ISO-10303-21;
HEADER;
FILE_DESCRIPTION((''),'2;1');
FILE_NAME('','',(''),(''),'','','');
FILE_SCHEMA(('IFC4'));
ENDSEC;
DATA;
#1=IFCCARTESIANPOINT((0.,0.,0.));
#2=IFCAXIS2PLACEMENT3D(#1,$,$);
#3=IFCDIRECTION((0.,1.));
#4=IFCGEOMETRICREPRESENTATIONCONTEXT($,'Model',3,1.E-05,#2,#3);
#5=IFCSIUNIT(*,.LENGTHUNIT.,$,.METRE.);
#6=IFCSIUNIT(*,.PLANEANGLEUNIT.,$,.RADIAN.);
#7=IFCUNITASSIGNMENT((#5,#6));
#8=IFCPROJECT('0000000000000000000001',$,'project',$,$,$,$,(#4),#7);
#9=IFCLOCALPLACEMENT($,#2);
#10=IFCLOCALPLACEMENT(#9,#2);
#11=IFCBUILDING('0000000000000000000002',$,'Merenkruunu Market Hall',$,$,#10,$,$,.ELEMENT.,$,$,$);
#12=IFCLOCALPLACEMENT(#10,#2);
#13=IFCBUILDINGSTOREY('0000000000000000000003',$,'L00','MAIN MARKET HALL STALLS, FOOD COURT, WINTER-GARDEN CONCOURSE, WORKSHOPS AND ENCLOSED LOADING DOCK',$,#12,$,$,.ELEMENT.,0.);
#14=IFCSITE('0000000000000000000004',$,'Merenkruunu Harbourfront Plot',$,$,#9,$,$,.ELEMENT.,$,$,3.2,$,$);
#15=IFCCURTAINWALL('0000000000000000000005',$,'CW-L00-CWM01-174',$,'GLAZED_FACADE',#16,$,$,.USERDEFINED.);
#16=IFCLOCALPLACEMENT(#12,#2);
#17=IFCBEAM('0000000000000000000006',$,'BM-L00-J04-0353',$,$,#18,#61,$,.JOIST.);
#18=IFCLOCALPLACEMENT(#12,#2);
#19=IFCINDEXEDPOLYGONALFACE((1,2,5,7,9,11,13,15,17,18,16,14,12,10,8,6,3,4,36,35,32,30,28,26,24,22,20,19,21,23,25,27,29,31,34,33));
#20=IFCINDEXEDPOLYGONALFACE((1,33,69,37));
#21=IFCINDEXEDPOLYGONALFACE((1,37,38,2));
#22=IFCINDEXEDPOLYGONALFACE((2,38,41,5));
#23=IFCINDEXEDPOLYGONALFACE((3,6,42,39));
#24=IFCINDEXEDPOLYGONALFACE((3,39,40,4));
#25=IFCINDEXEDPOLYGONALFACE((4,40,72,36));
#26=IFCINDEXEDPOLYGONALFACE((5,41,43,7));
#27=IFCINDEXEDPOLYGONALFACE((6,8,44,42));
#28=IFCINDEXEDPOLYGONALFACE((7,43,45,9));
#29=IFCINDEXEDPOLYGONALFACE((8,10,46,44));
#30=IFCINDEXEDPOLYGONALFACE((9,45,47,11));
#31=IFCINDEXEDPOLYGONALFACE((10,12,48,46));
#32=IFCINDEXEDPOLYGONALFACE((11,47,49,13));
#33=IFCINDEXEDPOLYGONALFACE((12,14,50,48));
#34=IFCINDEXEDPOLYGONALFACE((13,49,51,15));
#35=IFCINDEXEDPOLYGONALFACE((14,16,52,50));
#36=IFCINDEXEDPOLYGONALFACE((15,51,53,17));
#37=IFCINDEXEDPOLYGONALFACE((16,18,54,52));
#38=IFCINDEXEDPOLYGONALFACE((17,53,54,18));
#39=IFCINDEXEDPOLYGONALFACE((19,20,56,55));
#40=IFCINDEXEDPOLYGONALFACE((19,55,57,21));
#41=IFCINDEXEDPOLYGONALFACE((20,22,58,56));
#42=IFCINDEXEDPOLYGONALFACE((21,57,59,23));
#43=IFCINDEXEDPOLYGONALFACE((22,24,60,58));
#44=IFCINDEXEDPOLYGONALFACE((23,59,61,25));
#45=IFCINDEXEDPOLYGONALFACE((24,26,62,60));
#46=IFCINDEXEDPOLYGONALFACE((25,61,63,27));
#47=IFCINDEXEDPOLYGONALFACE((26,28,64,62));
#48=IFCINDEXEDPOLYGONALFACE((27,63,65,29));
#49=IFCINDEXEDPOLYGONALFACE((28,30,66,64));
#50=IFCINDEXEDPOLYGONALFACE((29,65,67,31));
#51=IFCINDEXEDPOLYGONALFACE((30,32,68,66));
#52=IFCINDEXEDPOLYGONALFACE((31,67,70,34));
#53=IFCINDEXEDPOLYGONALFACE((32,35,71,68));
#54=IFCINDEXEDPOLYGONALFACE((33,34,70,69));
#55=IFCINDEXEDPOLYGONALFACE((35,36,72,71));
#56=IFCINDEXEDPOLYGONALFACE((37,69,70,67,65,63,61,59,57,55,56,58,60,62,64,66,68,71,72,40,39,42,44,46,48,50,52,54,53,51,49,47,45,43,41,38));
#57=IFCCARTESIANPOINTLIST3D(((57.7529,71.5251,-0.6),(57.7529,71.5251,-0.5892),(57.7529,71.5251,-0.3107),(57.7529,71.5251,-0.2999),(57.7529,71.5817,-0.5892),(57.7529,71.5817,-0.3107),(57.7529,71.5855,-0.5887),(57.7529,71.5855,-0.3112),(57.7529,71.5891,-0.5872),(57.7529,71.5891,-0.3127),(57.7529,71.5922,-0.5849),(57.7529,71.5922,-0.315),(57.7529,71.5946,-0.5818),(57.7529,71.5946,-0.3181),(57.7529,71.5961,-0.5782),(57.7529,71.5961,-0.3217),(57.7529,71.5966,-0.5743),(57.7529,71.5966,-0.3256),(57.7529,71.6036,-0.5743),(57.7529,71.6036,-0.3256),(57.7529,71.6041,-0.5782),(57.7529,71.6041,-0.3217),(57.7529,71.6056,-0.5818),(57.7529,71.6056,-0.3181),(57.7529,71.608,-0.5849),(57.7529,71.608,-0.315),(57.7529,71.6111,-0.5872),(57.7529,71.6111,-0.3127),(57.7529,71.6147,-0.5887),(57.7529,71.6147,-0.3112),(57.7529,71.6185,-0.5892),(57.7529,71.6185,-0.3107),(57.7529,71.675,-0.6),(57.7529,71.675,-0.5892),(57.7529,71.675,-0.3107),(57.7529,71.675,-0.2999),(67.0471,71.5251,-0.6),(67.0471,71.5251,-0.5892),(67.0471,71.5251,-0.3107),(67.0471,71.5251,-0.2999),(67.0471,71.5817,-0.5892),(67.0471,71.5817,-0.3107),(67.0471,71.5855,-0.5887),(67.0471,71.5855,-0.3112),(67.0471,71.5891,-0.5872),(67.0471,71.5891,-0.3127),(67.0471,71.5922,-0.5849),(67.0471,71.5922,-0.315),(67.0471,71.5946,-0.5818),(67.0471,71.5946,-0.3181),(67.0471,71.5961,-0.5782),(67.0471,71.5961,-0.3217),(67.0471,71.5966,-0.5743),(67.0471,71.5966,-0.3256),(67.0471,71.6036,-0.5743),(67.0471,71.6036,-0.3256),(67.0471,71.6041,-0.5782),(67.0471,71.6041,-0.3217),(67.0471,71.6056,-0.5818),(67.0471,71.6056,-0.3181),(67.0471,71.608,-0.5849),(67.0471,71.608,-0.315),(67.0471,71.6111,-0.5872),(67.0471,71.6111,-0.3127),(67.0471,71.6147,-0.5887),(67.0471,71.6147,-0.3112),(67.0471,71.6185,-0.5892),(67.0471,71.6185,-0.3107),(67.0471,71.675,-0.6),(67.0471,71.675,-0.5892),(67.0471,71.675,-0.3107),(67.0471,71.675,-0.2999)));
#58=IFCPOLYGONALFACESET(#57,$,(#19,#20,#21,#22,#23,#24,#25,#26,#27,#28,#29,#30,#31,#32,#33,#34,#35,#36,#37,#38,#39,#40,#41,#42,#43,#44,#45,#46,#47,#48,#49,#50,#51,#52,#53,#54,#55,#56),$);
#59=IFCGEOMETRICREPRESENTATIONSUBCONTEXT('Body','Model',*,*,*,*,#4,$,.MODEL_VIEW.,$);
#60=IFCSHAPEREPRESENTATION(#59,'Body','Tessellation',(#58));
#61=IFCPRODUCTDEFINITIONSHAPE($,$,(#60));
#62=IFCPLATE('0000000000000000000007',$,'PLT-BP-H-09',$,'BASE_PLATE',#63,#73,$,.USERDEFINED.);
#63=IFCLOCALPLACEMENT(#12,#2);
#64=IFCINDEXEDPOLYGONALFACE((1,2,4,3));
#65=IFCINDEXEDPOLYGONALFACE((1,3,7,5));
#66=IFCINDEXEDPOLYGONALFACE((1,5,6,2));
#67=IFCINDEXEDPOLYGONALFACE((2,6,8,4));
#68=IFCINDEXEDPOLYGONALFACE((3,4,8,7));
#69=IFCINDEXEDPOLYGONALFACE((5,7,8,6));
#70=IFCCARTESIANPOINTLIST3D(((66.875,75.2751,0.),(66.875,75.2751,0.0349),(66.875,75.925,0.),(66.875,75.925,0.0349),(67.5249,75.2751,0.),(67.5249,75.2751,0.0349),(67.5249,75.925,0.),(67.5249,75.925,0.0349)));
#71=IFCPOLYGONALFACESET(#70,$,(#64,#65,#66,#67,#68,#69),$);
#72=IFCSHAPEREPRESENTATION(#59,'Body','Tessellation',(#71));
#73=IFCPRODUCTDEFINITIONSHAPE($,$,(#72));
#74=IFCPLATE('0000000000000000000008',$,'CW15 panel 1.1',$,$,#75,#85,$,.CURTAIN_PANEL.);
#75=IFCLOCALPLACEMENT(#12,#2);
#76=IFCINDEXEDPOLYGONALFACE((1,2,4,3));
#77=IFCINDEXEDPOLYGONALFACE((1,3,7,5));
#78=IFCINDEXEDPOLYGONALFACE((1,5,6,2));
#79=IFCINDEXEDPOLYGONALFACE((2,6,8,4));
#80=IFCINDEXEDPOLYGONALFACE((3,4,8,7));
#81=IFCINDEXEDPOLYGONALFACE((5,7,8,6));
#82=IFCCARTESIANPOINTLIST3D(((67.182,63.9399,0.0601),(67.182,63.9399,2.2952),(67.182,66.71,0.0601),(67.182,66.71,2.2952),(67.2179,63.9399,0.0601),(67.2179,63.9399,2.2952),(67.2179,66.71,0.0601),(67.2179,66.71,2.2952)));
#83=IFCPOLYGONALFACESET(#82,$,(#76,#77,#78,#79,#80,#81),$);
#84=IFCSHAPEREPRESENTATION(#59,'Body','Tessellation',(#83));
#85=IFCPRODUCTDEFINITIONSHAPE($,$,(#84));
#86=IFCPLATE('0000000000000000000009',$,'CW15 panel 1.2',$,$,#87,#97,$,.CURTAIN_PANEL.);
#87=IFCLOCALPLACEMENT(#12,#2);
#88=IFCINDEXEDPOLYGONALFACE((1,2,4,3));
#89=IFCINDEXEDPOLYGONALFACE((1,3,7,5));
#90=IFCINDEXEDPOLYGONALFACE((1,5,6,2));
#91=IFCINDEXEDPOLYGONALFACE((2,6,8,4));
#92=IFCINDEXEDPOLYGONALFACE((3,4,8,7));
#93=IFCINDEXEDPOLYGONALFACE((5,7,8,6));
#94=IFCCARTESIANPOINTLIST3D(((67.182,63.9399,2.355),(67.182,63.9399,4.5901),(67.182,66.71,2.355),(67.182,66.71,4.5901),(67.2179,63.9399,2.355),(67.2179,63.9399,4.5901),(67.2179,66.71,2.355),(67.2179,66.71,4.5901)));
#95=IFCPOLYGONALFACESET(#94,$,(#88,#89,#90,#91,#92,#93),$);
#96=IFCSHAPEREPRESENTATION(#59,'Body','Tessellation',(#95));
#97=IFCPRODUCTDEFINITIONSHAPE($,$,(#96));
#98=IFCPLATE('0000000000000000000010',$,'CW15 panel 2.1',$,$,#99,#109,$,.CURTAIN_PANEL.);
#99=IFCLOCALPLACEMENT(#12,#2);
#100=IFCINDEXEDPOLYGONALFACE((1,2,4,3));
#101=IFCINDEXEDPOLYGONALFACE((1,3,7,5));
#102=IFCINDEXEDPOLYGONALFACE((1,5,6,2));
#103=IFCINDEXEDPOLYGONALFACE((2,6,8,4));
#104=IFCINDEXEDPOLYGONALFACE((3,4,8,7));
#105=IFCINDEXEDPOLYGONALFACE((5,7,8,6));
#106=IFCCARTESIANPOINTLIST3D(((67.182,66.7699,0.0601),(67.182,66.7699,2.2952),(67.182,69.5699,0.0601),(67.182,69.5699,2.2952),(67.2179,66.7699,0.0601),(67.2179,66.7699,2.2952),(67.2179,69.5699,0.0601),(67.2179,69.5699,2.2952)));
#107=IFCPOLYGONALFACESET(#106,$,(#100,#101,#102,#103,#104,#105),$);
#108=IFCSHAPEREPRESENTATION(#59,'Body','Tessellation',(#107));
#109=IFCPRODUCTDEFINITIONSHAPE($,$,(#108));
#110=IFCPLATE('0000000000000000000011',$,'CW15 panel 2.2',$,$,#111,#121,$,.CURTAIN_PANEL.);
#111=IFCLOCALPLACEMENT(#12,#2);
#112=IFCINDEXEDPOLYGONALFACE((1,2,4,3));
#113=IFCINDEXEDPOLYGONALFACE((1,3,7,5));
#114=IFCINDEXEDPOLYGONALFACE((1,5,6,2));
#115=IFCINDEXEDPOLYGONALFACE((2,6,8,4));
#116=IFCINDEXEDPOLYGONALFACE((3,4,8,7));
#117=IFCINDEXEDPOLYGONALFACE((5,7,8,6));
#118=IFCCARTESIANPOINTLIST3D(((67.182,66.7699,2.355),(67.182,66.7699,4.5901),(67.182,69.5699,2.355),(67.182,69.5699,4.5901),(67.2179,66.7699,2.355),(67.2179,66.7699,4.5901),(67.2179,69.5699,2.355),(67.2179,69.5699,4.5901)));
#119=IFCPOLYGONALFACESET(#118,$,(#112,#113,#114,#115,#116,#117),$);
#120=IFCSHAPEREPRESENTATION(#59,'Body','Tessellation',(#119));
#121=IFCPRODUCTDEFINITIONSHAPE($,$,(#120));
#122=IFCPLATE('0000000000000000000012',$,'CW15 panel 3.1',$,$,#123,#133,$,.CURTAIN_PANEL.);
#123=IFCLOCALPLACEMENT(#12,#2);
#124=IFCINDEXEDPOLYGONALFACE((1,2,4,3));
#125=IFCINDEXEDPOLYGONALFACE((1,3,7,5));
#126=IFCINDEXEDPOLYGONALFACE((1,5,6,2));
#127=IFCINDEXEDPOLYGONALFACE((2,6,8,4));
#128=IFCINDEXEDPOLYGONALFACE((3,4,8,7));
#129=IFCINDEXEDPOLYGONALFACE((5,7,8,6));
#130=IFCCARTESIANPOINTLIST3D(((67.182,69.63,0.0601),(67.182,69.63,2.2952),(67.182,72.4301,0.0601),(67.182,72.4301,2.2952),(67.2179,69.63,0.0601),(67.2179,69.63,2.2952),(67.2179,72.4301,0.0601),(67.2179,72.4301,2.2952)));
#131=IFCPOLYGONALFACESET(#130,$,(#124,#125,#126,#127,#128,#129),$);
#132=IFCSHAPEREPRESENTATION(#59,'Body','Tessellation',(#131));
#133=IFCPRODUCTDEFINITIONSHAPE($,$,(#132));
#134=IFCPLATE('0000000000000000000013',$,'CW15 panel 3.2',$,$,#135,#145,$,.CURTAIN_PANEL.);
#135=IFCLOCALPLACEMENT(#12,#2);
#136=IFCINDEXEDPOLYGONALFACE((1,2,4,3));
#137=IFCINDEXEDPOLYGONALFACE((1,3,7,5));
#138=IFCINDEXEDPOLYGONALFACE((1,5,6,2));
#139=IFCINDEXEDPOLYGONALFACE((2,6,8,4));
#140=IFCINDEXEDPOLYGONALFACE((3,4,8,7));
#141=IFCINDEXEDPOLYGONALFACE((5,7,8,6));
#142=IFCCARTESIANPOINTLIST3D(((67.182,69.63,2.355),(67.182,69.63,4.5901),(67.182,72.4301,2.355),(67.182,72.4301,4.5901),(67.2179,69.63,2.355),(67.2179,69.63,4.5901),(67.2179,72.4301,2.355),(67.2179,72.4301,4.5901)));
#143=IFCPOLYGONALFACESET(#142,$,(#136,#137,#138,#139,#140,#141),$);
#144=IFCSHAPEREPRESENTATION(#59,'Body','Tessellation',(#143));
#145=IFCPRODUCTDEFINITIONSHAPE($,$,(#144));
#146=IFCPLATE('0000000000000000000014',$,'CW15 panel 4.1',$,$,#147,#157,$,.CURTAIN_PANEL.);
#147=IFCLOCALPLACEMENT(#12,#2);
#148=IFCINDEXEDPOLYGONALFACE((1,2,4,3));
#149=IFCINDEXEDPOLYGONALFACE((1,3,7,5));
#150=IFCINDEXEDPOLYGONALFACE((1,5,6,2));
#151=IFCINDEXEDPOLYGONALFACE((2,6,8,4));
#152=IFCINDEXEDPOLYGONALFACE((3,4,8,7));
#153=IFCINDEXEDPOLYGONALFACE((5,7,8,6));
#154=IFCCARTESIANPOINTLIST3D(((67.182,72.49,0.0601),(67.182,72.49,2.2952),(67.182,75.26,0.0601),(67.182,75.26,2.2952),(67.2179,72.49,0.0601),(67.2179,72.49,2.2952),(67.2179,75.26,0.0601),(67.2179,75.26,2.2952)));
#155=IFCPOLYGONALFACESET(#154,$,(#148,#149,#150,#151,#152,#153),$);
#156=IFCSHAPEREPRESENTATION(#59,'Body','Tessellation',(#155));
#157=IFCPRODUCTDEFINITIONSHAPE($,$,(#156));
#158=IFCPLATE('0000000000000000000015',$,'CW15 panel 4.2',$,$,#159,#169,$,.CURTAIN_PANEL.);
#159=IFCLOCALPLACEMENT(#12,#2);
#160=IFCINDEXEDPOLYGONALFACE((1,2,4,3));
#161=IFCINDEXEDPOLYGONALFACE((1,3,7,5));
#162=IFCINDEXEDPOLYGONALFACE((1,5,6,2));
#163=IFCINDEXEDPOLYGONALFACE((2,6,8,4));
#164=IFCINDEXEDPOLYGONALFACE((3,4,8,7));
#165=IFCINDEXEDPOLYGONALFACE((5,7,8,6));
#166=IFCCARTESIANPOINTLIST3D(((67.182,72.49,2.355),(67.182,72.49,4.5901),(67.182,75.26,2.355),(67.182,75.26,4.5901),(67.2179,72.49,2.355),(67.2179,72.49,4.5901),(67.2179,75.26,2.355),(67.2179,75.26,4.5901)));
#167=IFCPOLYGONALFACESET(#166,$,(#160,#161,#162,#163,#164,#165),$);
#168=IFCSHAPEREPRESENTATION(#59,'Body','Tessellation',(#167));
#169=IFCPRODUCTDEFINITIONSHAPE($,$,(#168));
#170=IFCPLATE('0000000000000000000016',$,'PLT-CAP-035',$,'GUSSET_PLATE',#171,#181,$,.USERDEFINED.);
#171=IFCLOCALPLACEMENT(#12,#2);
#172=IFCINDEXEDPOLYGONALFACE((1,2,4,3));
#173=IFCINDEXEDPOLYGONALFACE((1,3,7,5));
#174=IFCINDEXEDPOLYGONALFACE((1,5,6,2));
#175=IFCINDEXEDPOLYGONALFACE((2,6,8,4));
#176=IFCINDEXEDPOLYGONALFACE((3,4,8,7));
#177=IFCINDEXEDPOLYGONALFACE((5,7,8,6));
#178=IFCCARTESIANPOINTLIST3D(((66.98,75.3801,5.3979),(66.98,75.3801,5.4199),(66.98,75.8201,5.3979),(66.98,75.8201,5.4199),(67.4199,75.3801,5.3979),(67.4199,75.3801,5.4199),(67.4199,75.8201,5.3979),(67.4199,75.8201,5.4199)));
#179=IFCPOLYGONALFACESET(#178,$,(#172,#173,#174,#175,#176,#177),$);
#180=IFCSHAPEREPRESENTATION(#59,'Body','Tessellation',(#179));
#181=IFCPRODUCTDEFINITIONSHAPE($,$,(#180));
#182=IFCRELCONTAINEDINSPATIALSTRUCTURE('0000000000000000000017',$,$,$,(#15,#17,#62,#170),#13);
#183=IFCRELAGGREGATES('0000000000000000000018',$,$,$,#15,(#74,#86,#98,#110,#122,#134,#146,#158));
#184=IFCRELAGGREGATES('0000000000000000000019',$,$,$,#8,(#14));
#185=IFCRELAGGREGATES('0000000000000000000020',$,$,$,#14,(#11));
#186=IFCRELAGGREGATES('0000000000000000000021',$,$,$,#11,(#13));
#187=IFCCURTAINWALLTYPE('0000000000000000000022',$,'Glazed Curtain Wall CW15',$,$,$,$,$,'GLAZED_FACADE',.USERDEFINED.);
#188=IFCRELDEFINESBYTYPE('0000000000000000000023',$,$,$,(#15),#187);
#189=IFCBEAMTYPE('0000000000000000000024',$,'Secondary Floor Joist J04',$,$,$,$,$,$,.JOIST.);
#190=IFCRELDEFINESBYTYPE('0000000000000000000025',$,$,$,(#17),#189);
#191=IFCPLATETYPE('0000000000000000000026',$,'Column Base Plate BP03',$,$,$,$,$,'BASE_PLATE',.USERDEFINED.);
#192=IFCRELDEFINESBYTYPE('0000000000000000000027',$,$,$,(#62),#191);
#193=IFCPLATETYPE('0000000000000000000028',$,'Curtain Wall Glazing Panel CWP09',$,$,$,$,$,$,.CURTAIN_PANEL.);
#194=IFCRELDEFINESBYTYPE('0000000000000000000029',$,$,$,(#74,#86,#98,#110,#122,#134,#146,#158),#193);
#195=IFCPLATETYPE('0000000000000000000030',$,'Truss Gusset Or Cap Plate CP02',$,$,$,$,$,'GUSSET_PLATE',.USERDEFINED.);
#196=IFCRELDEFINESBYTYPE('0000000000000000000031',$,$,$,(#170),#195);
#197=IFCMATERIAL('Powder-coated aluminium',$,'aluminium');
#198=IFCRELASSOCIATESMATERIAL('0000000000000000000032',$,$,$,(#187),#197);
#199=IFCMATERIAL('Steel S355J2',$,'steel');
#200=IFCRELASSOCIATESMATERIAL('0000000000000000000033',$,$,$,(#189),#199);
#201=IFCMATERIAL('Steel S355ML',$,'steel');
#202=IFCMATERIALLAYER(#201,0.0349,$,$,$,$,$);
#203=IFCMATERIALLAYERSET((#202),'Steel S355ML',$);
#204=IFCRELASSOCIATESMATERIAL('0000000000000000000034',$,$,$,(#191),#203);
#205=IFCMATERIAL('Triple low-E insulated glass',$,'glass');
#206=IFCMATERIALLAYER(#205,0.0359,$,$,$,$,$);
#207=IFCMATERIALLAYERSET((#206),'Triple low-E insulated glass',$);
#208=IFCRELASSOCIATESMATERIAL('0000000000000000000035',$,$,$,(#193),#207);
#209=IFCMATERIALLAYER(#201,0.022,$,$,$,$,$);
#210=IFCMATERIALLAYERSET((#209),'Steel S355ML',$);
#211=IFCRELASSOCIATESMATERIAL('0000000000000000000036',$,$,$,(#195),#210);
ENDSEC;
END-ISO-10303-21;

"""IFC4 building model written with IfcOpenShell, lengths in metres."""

from ifc_helpers import new_model, si_unit, direction, frame, origin, origin_2d, place, context, subcontext, project, spatial, rectangle, i_section, extrude, material, layer, layer_set, material_profile, profile_set, type_object, element, aggregate, save


model = new_model("IFC4")

# Units and contexts
model_context = context("Model", 3, precision=1e-05, world=origin(), true_north=direction((0.0, 1.0)))
body_context = subcontext(model_context, "Body", "Model", "MODEL_VIEW")
ifc_project = project(units=[si_unit("LENGTHUNIT", "METRE"), si_unit("PLANEANGLEUNIT", "RADIAN")], contexts=[model_context])

# Site, building, storey
site_placement = place(None, origin())
site = spatial("IfcSite", under=ifc_project, at=site_placement, Name="Merenkruunu Harbourfront Plot", CompositionType="ELEMENT", RefElevation=3.2)
building_placement = place(site_placement, origin())
building = spatial("IfcBuilding", under=site, at=building_placement, Name="Merenkruunu Market Hall", CompositionType="ELEMENT")
storey_placement = place(building_placement, origin())
storey = spatial("IfcBuildingStorey", under=building, at=storey_placement, Name="L00", Description="MAIN MARKET HALL STALLS, FOOD COURT, WINTER-GARDEN CONCOURSE, WORKSHOPS AND ENCLOSED LOADING DOCK", CompositionType="ELEMENT", Elevation=0.0)

# Shared definitions
ifc_material_1 = material(Name="Steel S355ML", Category="steel")

# Curtain wall
ifc_material_2 = material(Name="Powder-coated aluminium", Category="aluminium")
curtain_wall_type = type_object("IfcCurtainWallType", Name="Glazed Curtain Wall CW15", ElementType="GLAZED_FACADE", PredefinedType="USERDEFINED", material=ifc_material_2)
curtain_wall_placement = place(storey_placement, origin())
curtain_wall = element("IfcCurtainWall", 1, at=curtain_wall_placement, inside=storey, type_object=curtain_wall_type, Name="CW-L00-CWM01-174", ObjectType="GLAZED_FACADE", PredefinedType="USERDEFINED")

# Beam
ifc_material_3 = material(Name="Steel S355J2", Category="steel")
ifc_material_profile_1 = material_profile(ifc_material_3, i_section(OverallWidth=0.1499, OverallDepth=0.3, WebThickness=0.0071, FlangeThickness=0.0107, FilletRadius=0.0149, at=origin_2d()), Name="IPE 300")
ifc_profile_set_1 = profile_set([ifc_material_profile_1], Name="Steel S355J2")
beam_type_1 = type_object("IfcBeamType", Name="Secondary Floor Joist J04", PredefinedType="JOIST", material=ifc_profile_set_1)
for number, where, z_axis, x_axis, name in (
    (2, (57.7529, 71.6001, -0.45), (1.0, 0.0, 0.0), (0.0, 1.0, 0.0), "BM-L00-J04-0353"),
):
    element("IfcBeam", number, at=place(storey_placement, frame(where, z_axis=z_axis, x_axis=x_axis)), inside=storey, type_object=beam_type_1, Name=name, PredefinedType="JOIST", context=body_context, shape_type="SweptSolid", body=[
        extrude(i_section(OverallWidth=0.1499, OverallDepth=0.3, WebThickness=0.0071, FlangeThickness=0.0107, FilletRadius=0.0149, at=origin_2d()), origin(), (0.0, 0.0, 1.0), 9.2942),
    ])

# Plates
ifc_layer_1 = layer(ifc_material_1, 0.0349)
ifc_layer_set_1 = layer_set([ifc_layer_1], Name="Steel S355ML")
plate_type_1 = type_object("IfcPlateType", Name="Column Base Plate BP03", ElementType="BASE_PLATE", PredefinedType="USERDEFINED", material=ifc_layer_set_1)
plate_1_placement = place(storey_placement, frame((67.2, 75.6001, 0.0), z_axis=(0.0, 0.0, 1.0), x_axis=(1.0, 0.0, 0.0)))
element("IfcPlate", 3, at=plate_1_placement, inside=storey, type_object=plate_type_1, Name="PLT-BP-H-09", ObjectType="BASE_PLATE", PredefinedType="USERDEFINED", context=body_context, shape_type="SweptSolid", body=[
    extrude(rectangle(XDim=0.6499, YDim=0.6499, at=origin_2d()), origin(), (0.0, 0.0, 1.0), 0.0349),
])
ifc_material_4 = material(Name="Triple low-E insulated glass", Category="glass")
ifc_layer_2 = layer(ifc_material_4, 0.0359)
ifc_layer_set_2 = layer_set([ifc_layer_2], Name="Triple low-E insulated glass")
plate_type_2 = type_object("IfcPlateType", Name="Curtain Wall Glazing Panel CWP09", PredefinedType="CURTAIN_PANEL", material=ifc_layer_set_2)
plate_2_placement = place(storey_placement, frame((67.2, 65.325, 0.0601), z_axis=(0.0, 0.0, 1.0), x_axis=(0.0, 1.0, 0.0)))
plate_2 = element("IfcPlate", 4, at=plate_2_placement, type_object=plate_type_2, Name="CW15 panel 1.1", PredefinedType="CURTAIN_PANEL", context=body_context, shape_type="SweptSolid", body=[
    extrude(rectangle(XDim=2.77, YDim=0.0359, at=origin_2d()), origin(), (0.0, 0.0, 1.0), 2.2351),
])
plate_3_placement = place(storey_placement, frame((67.2, 65.325, 2.355), z_axis=(0.0, 0.0, 1.0), x_axis=(0.0, 1.0, 0.0)))
plate_3 = element("IfcPlate", 5, at=plate_3_placement, type_object=plate_type_2, Name="CW15 panel 1.2", PredefinedType="CURTAIN_PANEL", context=body_context, shape_type="SweptSolid", body=[
    extrude(rectangle(XDim=2.77, YDim=0.0359, at=origin_2d()), origin(), (0.0, 0.0, 1.0), 2.2351),
])
plate_4_placement = place(storey_placement, frame((67.2, 68.1699, 0.0601), z_axis=(0.0, 0.0, 1.0), x_axis=(0.0, 1.0, 0.0)))
plate_4 = element("IfcPlate", 6, at=plate_4_placement, type_object=plate_type_2, Name="CW15 panel 2.1", PredefinedType="CURTAIN_PANEL", context=body_context, shape_type="SweptSolid", body=[
    extrude(rectangle(XDim=2.8, YDim=0.0359, at=origin_2d()), origin(), (0.0, 0.0, 1.0), 2.2351),
])
plate_5_placement = place(storey_placement, frame((67.2, 68.1699, 2.355), z_axis=(0.0, 0.0, 1.0), x_axis=(0.0, 1.0, 0.0)))
plate_5 = element("IfcPlate", 7, at=plate_5_placement, type_object=plate_type_2, Name="CW15 panel 2.2", PredefinedType="CURTAIN_PANEL", context=body_context, shape_type="SweptSolid", body=[
    extrude(rectangle(XDim=2.8, YDim=0.0359, at=origin_2d()), origin(), (0.0, 0.0, 1.0), 2.2351),
])
plate_6_placement = place(storey_placement, frame((67.2, 71.03, 0.0601), z_axis=(0.0, 0.0, 1.0), x_axis=(0.0, 1.0, 0.0)))
plate_6 = element("IfcPlate", 8, at=plate_6_placement, type_object=plate_type_2, Name="CW15 panel 3.1", PredefinedType="CURTAIN_PANEL", context=body_context, shape_type="SweptSolid", body=[
    extrude(rectangle(XDim=2.8, YDim=0.0359, at=origin_2d()), origin(), (0.0, 0.0, 1.0), 2.2351),
])
plate_7_placement = place(storey_placement, frame((67.2, 71.03, 2.355), z_axis=(0.0, 0.0, 1.0), x_axis=(0.0, 1.0, 0.0)))
plate_7 = element("IfcPlate", 9, at=plate_7_placement, type_object=plate_type_2, Name="CW15 panel 3.2", PredefinedType="CURTAIN_PANEL", context=body_context, shape_type="SweptSolid", body=[
    extrude(rectangle(XDim=2.8, YDim=0.0359, at=origin_2d()), origin(), (0.0, 0.0, 1.0), 2.2351),
])
plate_8_placement = place(storey_placement, frame((67.2, 73.875, 0.0601), z_axis=(0.0, 0.0, 1.0), x_axis=(0.0, 1.0, 0.0)))
plate_8 = element("IfcPlate", 10, at=plate_8_placement, type_object=plate_type_2, Name="CW15 panel 4.1", PredefinedType="CURTAIN_PANEL", context=body_context, shape_type="SweptSolid", body=[
    extrude(rectangle(XDim=2.77, YDim=0.0359, at=origin_2d()), origin(), (0.0, 0.0, 1.0), 2.2351),
])
plate_9_placement = place(storey_placement, frame((67.2, 73.875, 2.355), z_axis=(0.0, 0.0, 1.0), x_axis=(0.0, 1.0, 0.0)))
plate_9 = element("IfcPlate", 11, at=plate_9_placement, type_object=plate_type_2, Name="CW15 panel 4.2", PredefinedType="CURTAIN_PANEL", context=body_context, shape_type="SweptSolid", body=[
    extrude(rectangle(XDim=2.77, YDim=0.0359, at=origin_2d()), origin(), (0.0, 0.0, 1.0), 2.2351),
])
aggregate(curtain_wall, [plate_2, plate_3, plate_4, plate_5, plate_6, plate_7, plate_8, plate_9])
ifc_layer_3 = layer(ifc_material_1, 0.022)
ifc_layer_set_3 = layer_set([ifc_layer_3], Name="Steel S355ML")
plate_type_3 = type_object("IfcPlateType", Name="Truss Gusset Or Cap Plate CP02", ElementType="GUSSET_PLATE", PredefinedType="USERDEFINED", material=ifc_layer_set_3)
plate_10_placement = place(storey_placement, frame((67.2, 75.6001, 5.3979), z_axis=(0.0, 0.0, 1.0), x_axis=(1.0, 0.0, 0.0)))
element("IfcPlate", 12, at=plate_10_placement, inside=storey, type_object=plate_type_3, Name="PLT-CAP-035", ObjectType="GUSSET_PLATE", PredefinedType="USERDEFINED", context=body_context, shape_type="SweptSolid", body=[
    extrude(rectangle(XDim=0.4399, YDim=0.4399, at=origin_2d()), origin(), (0.0, 0.0, 1.0), 0.022),
])

save(model, "model.ifc")
